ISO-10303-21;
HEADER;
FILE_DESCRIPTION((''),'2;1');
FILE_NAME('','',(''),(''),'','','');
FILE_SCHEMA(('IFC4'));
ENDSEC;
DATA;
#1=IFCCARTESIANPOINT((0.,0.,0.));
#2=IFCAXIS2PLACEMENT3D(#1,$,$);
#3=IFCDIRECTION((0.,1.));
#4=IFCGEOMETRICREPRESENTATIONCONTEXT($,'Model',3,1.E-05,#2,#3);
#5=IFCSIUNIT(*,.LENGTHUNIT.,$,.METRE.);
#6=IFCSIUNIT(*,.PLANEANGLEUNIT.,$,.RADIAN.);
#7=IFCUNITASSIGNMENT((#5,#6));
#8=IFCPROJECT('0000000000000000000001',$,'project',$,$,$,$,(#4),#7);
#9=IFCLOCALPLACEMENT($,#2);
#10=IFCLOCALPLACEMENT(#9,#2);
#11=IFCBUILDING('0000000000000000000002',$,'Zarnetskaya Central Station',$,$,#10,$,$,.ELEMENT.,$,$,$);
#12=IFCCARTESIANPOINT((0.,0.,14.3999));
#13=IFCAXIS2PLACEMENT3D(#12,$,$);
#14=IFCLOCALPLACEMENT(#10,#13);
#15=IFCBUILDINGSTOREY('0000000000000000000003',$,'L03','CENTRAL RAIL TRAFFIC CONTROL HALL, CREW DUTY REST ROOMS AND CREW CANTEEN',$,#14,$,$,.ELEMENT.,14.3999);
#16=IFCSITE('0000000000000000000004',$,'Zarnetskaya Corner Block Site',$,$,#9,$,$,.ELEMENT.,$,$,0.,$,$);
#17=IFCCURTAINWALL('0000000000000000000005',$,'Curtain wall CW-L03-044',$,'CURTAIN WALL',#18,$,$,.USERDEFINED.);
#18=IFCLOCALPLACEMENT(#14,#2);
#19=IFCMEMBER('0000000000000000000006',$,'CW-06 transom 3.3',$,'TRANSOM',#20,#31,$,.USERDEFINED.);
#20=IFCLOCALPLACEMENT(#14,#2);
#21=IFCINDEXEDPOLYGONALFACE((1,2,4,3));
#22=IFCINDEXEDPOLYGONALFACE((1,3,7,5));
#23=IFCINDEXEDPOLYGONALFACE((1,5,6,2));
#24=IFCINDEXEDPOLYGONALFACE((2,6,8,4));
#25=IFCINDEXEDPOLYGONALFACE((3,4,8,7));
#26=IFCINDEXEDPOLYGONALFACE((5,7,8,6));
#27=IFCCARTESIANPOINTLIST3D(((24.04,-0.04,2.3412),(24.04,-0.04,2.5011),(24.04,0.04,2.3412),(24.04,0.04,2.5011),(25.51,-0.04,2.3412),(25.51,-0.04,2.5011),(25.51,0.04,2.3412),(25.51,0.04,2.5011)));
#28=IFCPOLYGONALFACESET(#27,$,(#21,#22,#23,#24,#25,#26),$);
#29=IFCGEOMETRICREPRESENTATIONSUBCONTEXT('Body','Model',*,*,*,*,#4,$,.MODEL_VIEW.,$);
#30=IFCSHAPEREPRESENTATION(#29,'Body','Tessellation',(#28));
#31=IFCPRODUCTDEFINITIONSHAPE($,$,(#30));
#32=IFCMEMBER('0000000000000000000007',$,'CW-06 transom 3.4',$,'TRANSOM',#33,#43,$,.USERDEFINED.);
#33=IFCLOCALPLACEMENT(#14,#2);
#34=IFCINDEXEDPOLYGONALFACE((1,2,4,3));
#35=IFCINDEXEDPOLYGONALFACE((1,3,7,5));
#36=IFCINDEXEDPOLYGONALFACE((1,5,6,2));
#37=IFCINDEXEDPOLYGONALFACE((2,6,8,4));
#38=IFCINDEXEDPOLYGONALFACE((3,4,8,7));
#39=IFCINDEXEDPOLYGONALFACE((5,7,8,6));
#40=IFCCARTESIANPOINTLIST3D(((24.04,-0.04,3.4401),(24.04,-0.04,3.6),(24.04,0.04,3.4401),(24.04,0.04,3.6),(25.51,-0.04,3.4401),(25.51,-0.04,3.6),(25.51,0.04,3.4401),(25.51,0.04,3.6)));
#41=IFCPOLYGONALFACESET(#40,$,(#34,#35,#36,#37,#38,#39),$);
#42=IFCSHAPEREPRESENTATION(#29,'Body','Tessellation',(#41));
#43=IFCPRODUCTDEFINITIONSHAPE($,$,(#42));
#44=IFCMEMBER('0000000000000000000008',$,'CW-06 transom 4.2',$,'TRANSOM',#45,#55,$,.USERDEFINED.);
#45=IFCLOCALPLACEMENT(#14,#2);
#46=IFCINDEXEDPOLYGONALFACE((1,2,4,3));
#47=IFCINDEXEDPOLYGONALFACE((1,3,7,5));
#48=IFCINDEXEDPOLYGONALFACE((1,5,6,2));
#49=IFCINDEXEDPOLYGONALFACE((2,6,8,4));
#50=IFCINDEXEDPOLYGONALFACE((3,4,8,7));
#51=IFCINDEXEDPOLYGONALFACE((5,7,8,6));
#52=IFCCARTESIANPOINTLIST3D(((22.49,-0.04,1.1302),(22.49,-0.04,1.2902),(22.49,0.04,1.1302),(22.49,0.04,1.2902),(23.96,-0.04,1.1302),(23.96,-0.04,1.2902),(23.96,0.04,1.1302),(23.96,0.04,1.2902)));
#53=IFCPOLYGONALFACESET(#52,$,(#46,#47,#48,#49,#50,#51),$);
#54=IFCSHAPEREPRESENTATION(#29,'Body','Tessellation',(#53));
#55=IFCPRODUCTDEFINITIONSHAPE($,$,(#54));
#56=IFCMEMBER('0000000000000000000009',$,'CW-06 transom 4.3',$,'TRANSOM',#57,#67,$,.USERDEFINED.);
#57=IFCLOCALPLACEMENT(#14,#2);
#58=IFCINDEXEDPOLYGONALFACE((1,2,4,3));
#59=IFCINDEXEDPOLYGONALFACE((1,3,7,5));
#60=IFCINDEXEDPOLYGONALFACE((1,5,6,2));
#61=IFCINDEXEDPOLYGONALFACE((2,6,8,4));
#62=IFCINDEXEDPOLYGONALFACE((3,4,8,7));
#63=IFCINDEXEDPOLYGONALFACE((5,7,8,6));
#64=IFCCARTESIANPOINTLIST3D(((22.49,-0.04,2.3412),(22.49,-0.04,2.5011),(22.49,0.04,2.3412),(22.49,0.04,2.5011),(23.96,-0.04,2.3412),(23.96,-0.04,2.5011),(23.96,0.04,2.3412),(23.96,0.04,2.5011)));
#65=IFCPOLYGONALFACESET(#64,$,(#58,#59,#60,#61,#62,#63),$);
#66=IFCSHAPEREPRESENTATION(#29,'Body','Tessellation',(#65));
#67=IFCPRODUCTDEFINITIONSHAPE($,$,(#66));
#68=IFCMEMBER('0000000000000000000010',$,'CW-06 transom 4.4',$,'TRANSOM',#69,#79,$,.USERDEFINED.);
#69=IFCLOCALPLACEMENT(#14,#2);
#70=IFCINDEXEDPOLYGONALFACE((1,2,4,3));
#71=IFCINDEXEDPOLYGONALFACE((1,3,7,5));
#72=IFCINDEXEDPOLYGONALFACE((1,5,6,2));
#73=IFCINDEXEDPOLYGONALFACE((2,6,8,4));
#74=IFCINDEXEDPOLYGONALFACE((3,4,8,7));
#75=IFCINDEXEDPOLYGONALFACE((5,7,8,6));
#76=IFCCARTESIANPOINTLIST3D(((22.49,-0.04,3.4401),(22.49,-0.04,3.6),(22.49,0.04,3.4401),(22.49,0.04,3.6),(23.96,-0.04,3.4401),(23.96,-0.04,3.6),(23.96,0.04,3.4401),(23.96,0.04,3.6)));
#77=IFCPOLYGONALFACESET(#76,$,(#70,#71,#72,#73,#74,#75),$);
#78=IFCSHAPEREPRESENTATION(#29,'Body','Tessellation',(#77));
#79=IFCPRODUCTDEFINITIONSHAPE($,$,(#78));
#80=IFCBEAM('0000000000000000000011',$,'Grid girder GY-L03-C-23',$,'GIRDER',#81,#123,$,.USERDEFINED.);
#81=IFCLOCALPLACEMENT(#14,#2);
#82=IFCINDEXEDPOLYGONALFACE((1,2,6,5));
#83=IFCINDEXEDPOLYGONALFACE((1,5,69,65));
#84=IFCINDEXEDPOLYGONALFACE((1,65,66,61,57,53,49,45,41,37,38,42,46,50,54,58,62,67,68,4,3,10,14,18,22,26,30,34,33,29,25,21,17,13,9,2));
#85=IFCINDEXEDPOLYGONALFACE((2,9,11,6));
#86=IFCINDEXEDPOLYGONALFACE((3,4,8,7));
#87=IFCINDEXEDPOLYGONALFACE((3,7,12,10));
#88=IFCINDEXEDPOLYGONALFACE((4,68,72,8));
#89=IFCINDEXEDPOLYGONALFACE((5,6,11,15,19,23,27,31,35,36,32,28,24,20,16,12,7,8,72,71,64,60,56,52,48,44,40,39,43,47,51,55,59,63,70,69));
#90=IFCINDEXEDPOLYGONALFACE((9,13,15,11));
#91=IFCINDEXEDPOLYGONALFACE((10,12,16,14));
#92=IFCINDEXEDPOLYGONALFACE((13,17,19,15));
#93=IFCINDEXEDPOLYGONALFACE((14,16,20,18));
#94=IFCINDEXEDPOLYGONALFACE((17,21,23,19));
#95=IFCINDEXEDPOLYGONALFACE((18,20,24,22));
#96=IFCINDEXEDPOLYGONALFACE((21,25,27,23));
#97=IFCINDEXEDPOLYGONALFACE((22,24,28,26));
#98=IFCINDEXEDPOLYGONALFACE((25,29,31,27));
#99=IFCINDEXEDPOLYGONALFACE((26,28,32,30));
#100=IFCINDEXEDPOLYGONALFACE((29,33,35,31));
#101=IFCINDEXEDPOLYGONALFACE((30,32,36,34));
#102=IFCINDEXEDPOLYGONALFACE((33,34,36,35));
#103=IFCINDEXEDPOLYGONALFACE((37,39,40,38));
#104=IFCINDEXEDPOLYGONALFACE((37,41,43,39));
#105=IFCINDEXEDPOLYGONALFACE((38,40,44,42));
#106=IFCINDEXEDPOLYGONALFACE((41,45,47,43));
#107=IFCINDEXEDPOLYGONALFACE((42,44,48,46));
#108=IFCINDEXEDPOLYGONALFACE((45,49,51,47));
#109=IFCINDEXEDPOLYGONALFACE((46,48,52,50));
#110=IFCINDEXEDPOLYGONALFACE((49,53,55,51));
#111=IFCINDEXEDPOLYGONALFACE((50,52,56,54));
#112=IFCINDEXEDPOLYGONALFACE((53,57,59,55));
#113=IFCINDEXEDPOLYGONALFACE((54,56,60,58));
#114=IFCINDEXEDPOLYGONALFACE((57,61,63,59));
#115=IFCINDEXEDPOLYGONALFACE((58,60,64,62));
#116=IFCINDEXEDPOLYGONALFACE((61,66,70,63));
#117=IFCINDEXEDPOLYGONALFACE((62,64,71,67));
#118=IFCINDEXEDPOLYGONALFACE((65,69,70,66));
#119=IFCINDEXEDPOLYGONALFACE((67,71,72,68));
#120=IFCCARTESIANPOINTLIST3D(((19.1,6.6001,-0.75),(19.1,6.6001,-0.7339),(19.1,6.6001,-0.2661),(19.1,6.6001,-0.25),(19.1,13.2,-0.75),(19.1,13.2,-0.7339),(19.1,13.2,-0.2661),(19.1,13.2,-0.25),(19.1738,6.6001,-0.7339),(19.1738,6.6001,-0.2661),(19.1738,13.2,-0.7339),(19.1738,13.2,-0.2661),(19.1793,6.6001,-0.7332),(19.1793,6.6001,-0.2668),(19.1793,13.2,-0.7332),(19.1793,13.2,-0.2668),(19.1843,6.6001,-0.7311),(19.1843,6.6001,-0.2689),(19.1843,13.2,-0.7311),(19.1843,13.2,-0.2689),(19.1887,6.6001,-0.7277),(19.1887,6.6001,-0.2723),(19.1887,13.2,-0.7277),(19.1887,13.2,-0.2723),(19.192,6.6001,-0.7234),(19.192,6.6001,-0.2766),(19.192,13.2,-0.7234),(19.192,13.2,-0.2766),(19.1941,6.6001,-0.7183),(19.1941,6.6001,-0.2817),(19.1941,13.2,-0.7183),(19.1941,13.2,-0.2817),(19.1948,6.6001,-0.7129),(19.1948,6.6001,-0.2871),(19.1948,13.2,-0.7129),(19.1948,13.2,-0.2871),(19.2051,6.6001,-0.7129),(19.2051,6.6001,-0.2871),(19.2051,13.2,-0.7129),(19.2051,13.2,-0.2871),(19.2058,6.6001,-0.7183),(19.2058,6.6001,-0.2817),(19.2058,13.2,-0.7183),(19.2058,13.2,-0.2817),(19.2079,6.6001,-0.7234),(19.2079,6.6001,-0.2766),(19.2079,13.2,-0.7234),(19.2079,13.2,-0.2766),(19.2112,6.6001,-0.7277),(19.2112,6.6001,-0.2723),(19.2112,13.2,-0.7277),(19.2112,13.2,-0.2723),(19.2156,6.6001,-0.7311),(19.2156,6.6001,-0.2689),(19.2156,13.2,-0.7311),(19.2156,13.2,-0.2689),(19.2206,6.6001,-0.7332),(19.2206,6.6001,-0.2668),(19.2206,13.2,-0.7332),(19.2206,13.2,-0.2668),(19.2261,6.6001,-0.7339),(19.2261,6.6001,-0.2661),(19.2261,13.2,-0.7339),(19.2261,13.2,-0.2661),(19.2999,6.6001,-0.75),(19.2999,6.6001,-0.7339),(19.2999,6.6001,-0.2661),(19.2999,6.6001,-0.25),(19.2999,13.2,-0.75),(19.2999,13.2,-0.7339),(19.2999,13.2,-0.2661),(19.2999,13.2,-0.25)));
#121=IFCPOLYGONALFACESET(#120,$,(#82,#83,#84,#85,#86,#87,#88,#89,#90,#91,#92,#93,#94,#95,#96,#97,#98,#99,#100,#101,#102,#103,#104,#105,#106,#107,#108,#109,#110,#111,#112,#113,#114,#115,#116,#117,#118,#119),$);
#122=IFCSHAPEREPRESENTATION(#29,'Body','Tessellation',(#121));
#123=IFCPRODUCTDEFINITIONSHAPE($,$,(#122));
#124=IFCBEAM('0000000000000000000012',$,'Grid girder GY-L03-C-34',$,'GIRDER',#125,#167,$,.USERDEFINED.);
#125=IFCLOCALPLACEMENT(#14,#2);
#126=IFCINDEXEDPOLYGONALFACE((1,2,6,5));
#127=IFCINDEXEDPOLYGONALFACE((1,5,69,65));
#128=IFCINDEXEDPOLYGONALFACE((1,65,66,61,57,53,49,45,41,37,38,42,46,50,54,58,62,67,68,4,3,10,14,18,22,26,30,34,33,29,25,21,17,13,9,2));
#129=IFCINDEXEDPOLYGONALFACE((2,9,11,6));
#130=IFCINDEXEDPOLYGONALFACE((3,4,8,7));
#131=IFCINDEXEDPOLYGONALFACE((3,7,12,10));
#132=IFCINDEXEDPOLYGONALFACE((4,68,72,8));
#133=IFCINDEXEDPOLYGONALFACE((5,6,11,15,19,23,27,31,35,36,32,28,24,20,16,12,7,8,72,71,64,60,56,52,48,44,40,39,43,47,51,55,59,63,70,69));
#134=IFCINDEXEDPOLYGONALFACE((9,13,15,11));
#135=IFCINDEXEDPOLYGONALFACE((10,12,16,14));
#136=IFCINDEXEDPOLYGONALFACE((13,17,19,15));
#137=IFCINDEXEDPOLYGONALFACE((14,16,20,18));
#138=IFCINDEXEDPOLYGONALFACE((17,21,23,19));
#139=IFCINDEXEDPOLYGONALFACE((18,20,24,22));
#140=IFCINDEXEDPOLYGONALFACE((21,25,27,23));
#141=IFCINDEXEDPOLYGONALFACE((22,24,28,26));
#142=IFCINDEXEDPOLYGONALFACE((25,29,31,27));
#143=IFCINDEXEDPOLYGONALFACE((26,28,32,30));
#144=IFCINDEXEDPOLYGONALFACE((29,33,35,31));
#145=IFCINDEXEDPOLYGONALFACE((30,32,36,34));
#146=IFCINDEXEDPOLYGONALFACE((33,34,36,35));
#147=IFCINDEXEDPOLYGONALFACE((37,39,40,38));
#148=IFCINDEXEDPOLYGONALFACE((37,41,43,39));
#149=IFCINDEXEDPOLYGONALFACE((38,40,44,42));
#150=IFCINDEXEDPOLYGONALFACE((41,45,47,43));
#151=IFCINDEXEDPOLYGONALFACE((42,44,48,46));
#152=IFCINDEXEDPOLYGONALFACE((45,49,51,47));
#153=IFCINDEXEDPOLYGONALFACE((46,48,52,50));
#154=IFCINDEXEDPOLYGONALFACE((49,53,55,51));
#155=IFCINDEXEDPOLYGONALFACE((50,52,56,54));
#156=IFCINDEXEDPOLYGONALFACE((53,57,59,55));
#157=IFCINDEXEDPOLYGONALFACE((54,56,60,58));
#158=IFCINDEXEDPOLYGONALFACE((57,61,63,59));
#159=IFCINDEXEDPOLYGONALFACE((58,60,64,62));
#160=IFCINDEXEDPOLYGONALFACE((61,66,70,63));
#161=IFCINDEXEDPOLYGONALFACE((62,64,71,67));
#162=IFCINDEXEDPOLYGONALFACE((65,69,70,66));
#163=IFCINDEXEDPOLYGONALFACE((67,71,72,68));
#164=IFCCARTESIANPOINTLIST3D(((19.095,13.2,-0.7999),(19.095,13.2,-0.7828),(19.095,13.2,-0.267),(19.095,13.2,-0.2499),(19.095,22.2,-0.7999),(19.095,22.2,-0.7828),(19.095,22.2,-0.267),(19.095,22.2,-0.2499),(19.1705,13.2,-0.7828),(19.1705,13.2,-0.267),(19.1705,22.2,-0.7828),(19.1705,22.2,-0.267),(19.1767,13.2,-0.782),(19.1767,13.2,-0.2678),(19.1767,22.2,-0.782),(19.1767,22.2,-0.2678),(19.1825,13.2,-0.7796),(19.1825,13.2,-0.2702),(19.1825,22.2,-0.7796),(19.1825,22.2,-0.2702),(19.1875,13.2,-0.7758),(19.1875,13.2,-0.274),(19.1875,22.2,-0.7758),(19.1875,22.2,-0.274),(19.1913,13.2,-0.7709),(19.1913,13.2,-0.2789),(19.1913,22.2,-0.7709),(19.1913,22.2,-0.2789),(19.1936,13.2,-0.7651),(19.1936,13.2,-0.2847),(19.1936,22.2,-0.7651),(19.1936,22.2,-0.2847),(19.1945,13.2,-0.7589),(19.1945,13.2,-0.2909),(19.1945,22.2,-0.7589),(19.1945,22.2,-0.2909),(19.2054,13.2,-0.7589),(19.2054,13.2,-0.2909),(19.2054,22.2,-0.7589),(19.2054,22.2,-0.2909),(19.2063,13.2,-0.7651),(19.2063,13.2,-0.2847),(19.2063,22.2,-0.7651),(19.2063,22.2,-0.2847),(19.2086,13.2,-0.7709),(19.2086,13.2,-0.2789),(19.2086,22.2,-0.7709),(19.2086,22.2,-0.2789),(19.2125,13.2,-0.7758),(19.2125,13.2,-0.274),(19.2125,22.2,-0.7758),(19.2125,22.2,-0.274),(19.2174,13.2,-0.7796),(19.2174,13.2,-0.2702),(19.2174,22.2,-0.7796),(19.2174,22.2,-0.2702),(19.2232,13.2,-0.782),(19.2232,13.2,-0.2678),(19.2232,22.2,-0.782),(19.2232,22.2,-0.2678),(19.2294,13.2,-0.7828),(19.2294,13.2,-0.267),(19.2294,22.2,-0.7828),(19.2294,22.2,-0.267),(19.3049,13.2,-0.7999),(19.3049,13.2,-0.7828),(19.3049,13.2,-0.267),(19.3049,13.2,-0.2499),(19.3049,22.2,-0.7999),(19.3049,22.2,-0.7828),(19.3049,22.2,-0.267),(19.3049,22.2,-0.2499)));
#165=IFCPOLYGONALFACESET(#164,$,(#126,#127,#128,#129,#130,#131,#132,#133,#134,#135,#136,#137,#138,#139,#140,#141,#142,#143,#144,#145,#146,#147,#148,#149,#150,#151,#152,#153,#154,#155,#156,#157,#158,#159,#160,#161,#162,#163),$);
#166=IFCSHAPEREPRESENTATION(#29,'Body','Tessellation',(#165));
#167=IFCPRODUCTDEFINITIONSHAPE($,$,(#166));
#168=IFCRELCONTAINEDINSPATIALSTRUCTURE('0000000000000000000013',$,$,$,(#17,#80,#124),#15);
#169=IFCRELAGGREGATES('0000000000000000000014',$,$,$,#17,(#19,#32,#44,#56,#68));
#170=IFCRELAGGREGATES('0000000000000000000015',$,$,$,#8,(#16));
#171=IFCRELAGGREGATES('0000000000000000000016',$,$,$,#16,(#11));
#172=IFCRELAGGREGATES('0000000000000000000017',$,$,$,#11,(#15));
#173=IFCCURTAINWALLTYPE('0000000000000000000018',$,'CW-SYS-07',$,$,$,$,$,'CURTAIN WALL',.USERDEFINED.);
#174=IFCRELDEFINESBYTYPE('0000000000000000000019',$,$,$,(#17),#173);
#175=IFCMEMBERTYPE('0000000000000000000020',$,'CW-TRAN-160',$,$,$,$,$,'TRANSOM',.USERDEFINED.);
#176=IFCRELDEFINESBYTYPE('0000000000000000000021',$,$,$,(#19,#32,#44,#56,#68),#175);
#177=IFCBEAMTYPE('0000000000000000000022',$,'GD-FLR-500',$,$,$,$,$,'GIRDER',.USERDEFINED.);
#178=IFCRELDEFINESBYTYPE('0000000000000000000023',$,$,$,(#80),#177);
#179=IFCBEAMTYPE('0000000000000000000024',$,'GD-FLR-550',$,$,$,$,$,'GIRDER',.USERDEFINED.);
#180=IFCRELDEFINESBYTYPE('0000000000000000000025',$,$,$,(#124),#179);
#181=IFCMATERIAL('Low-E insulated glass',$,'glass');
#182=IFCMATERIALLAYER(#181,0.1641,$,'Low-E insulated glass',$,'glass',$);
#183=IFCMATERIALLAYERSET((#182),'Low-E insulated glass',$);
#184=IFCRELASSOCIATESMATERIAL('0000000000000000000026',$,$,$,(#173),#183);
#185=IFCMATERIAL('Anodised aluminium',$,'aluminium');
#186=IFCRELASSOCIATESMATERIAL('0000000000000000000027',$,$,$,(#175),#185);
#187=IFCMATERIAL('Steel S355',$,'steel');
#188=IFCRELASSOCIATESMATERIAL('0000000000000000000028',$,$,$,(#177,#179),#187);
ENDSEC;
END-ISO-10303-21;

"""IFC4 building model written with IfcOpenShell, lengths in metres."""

from ifc_helpers import new_model, si_unit, direction, frame, origin, origin_2d, place, context, subcontext, project, spatial, rectangle, i_section, extrude, material, layer, layer_set, material_profile, profile_set, type_object, element, aggregate, save


model = new_model("IFC4")

# Units and contexts
model_context = context("Model", 3, precision=1e-05, world=origin(), true_north=direction((0.0, 1.0)))
body_context = subcontext(model_context, "Body", "Model", "MODEL_VIEW")
ifc_project = project(units=[si_unit("LENGTHUNIT", "METRE"), si_unit("PLANEANGLEUNIT", "RADIAN")], contexts=[model_context])

# Site, building, storey
site_placement = place(None, origin())
site = spatial("IfcSite", under=ifc_project, at=site_placement, Name="Zarnetskaya Corner Block Site", CompositionType="ELEMENT", RefElevation=0.0)
building_placement = place(site_placement, origin())
building = spatial("IfcBuilding", under=site, at=building_placement, Name="Zarnetskaya Central Station", CompositionType="ELEMENT")
storey_placement = place(building_placement, frame((0.0, 0.0, 14.3999)))
storey = spatial("IfcBuildingStorey", under=building, at=storey_placement, Name="L03", Description="CENTRAL RAIL TRAFFIC CONTROL HALL, CREW DUTY REST ROOMS AND CREW CANTEEN", CompositionType="ELEMENT", Elevation=14.3999)

# Shared definitions
ifc_material_1 = material(Name="Steel S355", Category="steel")

# Curtain wall, members
ifc_material_2 = material(Name="Low-E insulated glass", Category="glass")
ifc_layer_1 = layer(ifc_material_2, 0.1641, Name="Low-E insulated glass", Category="glass")
ifc_layer_set_1 = layer_set([ifc_layer_1], Name="Low-E insulated glass")
curtain_wall_type = type_object("IfcCurtainWallType", Name="CW-SYS-07", ElementType="CURTAIN WALL", PredefinedType="USERDEFINED", material=ifc_layer_set_1)
curtain_wall_placement = place(storey_placement, origin())
curtain_wall = element("IfcCurtainWall", 1, at=curtain_wall_placement, inside=storey, type_object=curtain_wall_type, Name="Curtain wall CW-L03-044", ObjectType="CURTAIN WALL", PredefinedType="USERDEFINED")
ifc_material_3 = material(Name="Anodised aluminium", Category="aluminium")
ifc_material_profile_1 = material_profile(ifc_material_3, rectangle(XDim=0.0801, YDim=0.1599, at=origin_2d()), Name="ALU TRAN 80x160")
ifc_profile_set_1 = profile_set([ifc_material_profile_1], Name="Anodised aluminium")
member_type_1 = type_object("IfcMemberType", Name="CW-TRAN-160", ElementType="TRANSOM", PredefinedType="USERDEFINED", material=ifc_profile_set_1)
member_1_placement = place(storey_placement, frame((25.51, 0.0, 2.4211), z_axis=(-1.0, 0.0, 0.0), x_axis=(0.0, -1.0, 0.0)))
member_1 = element("IfcMember", 2, at=member_1_placement, type_object=member_type_1, Name="CW-06 transom 3.3", ObjectType="TRANSOM", PredefinedType="USERDEFINED", context=body_context, shape_type="SweptSolid", body=[
    extrude(rectangle(XDim=0.0801, YDim=0.1599, at=origin_2d()), origin(), (0.0, 0.0, 1.0), 1.47),
])
member_2_placement = place(storey_placement, frame((25.51, 0.0, 3.52), z_axis=(-1.0, 0.0, 0.0), x_axis=(0.0, -1.0, 0.0)))
member_2 = element("IfcMember", 3, at=member_2_placement, type_object=member_type_1, Name="CW-06 transom 3.4", ObjectType="TRANSOM", PredefinedType="USERDEFINED", context=body_context, shape_type="SweptSolid", body=[
    extrude(rectangle(XDim=0.0801, YDim=0.1599, at=origin_2d()), origin(), (0.0, 0.0, 1.0), 1.47),
])
member_3_placement = place(storey_placement, frame((23.96, 0.0, 1.2102), z_axis=(-1.0, 0.0, 0.0), x_axis=(0.0, -1.0, 0.0)))
member_3 = element("IfcMember", 4, at=member_3_placement, type_object=member_type_1, Name="CW-06 transom 4.2", ObjectType="TRANSOM", PredefinedType="USERDEFINED", context=body_context, shape_type="SweptSolid", body=[
    extrude(rectangle(XDim=0.0801, YDim=0.1599, at=origin_2d()), origin(), (0.0, 0.0, 1.0), 1.47),
])
member_4_placement = place(storey_placement, frame((23.96, 0.0, 2.4211), z_axis=(-1.0, 0.0, 0.0), x_axis=(0.0, -1.0, 0.0)))
member_4 = element("IfcMember", 5, at=member_4_placement, type_object=member_type_1, Name="CW-06 transom 4.3", ObjectType="TRANSOM", PredefinedType="USERDEFINED", context=body_context, shape_type="SweptSolid", body=[
    extrude(rectangle(XDim=0.0801, YDim=0.1599, at=origin_2d()), origin(), (0.0, 0.0, 1.0), 1.47),
])
member_5_placement = place(storey_placement, frame((23.96, 0.0, 3.52), z_axis=(-1.0, 0.0, 0.0), x_axis=(0.0, -1.0, 0.0)))
member_5 = element("IfcMember", 6, at=member_5_placement, type_object=member_type_1, Name="CW-06 transom 4.4", ObjectType="TRANSOM", PredefinedType="USERDEFINED", context=body_context, shape_type="SweptSolid", body=[
    extrude(rectangle(XDim=0.0801, YDim=0.1599, at=origin_2d()), origin(), (0.0, 0.0, 1.0), 1.47),
])

# Beams
ifc_material_profile_2 = material_profile(ifc_material_1, i_section(OverallWidth=0.2, OverallDepth=0.5, WebThickness=0.0103, FlangeThickness=0.0161, FilletRadius=0.021, at=origin_2d()), Name="IPE 500")
ifc_profile_set_2 = profile_set([ifc_material_profile_2], Name="Steel S355")
beam_type_1 = type_object("IfcBeamType", Name="GD-FLR-500", ElementType="GIRDER", PredefinedType="USERDEFINED", material=ifc_profile_set_2)
beam_1_placement = place(storey_placement, frame((19.2, 6.6001, -0.5), z_axis=(0.0, 1.0, 0.0), x_axis=(-1.0, 0.0, 0.0)))
element("IfcBeam", 7, at=beam_1_placement, inside=storey, type_object=beam_type_1, Name="Grid girder GY-L03-C-23", ObjectType="GIRDER", PredefinedType="USERDEFINED", context=body_context, shape_type="SweptSolid", body=[
    extrude(i_section(OverallWidth=0.2, OverallDepth=0.5, WebThickness=0.0103, FlangeThickness=0.0161, FilletRadius=0.021, at=origin_2d()), origin(), (0.0, 0.0, 1.0), 6.5999),
])
ifc_material_profile_3 = material_profile(ifc_material_1, i_section(OverallWidth=0.21, OverallDepth=0.55, WebThickness=0.011, FlangeThickness=0.0171, FilletRadius=0.0239, at=origin_2d()), Name="IPE 550")
ifc_profile_set_3 = profile_set([ifc_material_profile_3], Name="Steel S355")
beam_type_2 = type_object("IfcBeamType", Name="GD-FLR-550", ElementType="GIRDER", PredefinedType="USERDEFINED", material=ifc_profile_set_3)
beam_2_placement = place(storey_placement, frame((19.2, 13.2, -0.5249), z_axis=(0.0, 1.0, 0.0), x_axis=(-1.0, 0.0, 0.0)))
element("IfcBeam", 8, at=beam_2_placement, inside=storey, type_object=beam_type_2, Name="Grid girder GY-L03-C-34", ObjectType="GIRDER", PredefinedType="USERDEFINED", context=body_context, shape_type="SweptSolid", body=[
    extrude(i_section(OverallWidth=0.21, OverallDepth=0.55, WebThickness=0.011, FlangeThickness=0.0171, FilletRadius=0.0239, at=origin_2d()), origin(), (0.0, 0.0, 1.0), 9.0),
])

aggregate(curtain_wall, [member_1, member_2, member_3, member_4, member_5])

save(model, "model.ifc")
